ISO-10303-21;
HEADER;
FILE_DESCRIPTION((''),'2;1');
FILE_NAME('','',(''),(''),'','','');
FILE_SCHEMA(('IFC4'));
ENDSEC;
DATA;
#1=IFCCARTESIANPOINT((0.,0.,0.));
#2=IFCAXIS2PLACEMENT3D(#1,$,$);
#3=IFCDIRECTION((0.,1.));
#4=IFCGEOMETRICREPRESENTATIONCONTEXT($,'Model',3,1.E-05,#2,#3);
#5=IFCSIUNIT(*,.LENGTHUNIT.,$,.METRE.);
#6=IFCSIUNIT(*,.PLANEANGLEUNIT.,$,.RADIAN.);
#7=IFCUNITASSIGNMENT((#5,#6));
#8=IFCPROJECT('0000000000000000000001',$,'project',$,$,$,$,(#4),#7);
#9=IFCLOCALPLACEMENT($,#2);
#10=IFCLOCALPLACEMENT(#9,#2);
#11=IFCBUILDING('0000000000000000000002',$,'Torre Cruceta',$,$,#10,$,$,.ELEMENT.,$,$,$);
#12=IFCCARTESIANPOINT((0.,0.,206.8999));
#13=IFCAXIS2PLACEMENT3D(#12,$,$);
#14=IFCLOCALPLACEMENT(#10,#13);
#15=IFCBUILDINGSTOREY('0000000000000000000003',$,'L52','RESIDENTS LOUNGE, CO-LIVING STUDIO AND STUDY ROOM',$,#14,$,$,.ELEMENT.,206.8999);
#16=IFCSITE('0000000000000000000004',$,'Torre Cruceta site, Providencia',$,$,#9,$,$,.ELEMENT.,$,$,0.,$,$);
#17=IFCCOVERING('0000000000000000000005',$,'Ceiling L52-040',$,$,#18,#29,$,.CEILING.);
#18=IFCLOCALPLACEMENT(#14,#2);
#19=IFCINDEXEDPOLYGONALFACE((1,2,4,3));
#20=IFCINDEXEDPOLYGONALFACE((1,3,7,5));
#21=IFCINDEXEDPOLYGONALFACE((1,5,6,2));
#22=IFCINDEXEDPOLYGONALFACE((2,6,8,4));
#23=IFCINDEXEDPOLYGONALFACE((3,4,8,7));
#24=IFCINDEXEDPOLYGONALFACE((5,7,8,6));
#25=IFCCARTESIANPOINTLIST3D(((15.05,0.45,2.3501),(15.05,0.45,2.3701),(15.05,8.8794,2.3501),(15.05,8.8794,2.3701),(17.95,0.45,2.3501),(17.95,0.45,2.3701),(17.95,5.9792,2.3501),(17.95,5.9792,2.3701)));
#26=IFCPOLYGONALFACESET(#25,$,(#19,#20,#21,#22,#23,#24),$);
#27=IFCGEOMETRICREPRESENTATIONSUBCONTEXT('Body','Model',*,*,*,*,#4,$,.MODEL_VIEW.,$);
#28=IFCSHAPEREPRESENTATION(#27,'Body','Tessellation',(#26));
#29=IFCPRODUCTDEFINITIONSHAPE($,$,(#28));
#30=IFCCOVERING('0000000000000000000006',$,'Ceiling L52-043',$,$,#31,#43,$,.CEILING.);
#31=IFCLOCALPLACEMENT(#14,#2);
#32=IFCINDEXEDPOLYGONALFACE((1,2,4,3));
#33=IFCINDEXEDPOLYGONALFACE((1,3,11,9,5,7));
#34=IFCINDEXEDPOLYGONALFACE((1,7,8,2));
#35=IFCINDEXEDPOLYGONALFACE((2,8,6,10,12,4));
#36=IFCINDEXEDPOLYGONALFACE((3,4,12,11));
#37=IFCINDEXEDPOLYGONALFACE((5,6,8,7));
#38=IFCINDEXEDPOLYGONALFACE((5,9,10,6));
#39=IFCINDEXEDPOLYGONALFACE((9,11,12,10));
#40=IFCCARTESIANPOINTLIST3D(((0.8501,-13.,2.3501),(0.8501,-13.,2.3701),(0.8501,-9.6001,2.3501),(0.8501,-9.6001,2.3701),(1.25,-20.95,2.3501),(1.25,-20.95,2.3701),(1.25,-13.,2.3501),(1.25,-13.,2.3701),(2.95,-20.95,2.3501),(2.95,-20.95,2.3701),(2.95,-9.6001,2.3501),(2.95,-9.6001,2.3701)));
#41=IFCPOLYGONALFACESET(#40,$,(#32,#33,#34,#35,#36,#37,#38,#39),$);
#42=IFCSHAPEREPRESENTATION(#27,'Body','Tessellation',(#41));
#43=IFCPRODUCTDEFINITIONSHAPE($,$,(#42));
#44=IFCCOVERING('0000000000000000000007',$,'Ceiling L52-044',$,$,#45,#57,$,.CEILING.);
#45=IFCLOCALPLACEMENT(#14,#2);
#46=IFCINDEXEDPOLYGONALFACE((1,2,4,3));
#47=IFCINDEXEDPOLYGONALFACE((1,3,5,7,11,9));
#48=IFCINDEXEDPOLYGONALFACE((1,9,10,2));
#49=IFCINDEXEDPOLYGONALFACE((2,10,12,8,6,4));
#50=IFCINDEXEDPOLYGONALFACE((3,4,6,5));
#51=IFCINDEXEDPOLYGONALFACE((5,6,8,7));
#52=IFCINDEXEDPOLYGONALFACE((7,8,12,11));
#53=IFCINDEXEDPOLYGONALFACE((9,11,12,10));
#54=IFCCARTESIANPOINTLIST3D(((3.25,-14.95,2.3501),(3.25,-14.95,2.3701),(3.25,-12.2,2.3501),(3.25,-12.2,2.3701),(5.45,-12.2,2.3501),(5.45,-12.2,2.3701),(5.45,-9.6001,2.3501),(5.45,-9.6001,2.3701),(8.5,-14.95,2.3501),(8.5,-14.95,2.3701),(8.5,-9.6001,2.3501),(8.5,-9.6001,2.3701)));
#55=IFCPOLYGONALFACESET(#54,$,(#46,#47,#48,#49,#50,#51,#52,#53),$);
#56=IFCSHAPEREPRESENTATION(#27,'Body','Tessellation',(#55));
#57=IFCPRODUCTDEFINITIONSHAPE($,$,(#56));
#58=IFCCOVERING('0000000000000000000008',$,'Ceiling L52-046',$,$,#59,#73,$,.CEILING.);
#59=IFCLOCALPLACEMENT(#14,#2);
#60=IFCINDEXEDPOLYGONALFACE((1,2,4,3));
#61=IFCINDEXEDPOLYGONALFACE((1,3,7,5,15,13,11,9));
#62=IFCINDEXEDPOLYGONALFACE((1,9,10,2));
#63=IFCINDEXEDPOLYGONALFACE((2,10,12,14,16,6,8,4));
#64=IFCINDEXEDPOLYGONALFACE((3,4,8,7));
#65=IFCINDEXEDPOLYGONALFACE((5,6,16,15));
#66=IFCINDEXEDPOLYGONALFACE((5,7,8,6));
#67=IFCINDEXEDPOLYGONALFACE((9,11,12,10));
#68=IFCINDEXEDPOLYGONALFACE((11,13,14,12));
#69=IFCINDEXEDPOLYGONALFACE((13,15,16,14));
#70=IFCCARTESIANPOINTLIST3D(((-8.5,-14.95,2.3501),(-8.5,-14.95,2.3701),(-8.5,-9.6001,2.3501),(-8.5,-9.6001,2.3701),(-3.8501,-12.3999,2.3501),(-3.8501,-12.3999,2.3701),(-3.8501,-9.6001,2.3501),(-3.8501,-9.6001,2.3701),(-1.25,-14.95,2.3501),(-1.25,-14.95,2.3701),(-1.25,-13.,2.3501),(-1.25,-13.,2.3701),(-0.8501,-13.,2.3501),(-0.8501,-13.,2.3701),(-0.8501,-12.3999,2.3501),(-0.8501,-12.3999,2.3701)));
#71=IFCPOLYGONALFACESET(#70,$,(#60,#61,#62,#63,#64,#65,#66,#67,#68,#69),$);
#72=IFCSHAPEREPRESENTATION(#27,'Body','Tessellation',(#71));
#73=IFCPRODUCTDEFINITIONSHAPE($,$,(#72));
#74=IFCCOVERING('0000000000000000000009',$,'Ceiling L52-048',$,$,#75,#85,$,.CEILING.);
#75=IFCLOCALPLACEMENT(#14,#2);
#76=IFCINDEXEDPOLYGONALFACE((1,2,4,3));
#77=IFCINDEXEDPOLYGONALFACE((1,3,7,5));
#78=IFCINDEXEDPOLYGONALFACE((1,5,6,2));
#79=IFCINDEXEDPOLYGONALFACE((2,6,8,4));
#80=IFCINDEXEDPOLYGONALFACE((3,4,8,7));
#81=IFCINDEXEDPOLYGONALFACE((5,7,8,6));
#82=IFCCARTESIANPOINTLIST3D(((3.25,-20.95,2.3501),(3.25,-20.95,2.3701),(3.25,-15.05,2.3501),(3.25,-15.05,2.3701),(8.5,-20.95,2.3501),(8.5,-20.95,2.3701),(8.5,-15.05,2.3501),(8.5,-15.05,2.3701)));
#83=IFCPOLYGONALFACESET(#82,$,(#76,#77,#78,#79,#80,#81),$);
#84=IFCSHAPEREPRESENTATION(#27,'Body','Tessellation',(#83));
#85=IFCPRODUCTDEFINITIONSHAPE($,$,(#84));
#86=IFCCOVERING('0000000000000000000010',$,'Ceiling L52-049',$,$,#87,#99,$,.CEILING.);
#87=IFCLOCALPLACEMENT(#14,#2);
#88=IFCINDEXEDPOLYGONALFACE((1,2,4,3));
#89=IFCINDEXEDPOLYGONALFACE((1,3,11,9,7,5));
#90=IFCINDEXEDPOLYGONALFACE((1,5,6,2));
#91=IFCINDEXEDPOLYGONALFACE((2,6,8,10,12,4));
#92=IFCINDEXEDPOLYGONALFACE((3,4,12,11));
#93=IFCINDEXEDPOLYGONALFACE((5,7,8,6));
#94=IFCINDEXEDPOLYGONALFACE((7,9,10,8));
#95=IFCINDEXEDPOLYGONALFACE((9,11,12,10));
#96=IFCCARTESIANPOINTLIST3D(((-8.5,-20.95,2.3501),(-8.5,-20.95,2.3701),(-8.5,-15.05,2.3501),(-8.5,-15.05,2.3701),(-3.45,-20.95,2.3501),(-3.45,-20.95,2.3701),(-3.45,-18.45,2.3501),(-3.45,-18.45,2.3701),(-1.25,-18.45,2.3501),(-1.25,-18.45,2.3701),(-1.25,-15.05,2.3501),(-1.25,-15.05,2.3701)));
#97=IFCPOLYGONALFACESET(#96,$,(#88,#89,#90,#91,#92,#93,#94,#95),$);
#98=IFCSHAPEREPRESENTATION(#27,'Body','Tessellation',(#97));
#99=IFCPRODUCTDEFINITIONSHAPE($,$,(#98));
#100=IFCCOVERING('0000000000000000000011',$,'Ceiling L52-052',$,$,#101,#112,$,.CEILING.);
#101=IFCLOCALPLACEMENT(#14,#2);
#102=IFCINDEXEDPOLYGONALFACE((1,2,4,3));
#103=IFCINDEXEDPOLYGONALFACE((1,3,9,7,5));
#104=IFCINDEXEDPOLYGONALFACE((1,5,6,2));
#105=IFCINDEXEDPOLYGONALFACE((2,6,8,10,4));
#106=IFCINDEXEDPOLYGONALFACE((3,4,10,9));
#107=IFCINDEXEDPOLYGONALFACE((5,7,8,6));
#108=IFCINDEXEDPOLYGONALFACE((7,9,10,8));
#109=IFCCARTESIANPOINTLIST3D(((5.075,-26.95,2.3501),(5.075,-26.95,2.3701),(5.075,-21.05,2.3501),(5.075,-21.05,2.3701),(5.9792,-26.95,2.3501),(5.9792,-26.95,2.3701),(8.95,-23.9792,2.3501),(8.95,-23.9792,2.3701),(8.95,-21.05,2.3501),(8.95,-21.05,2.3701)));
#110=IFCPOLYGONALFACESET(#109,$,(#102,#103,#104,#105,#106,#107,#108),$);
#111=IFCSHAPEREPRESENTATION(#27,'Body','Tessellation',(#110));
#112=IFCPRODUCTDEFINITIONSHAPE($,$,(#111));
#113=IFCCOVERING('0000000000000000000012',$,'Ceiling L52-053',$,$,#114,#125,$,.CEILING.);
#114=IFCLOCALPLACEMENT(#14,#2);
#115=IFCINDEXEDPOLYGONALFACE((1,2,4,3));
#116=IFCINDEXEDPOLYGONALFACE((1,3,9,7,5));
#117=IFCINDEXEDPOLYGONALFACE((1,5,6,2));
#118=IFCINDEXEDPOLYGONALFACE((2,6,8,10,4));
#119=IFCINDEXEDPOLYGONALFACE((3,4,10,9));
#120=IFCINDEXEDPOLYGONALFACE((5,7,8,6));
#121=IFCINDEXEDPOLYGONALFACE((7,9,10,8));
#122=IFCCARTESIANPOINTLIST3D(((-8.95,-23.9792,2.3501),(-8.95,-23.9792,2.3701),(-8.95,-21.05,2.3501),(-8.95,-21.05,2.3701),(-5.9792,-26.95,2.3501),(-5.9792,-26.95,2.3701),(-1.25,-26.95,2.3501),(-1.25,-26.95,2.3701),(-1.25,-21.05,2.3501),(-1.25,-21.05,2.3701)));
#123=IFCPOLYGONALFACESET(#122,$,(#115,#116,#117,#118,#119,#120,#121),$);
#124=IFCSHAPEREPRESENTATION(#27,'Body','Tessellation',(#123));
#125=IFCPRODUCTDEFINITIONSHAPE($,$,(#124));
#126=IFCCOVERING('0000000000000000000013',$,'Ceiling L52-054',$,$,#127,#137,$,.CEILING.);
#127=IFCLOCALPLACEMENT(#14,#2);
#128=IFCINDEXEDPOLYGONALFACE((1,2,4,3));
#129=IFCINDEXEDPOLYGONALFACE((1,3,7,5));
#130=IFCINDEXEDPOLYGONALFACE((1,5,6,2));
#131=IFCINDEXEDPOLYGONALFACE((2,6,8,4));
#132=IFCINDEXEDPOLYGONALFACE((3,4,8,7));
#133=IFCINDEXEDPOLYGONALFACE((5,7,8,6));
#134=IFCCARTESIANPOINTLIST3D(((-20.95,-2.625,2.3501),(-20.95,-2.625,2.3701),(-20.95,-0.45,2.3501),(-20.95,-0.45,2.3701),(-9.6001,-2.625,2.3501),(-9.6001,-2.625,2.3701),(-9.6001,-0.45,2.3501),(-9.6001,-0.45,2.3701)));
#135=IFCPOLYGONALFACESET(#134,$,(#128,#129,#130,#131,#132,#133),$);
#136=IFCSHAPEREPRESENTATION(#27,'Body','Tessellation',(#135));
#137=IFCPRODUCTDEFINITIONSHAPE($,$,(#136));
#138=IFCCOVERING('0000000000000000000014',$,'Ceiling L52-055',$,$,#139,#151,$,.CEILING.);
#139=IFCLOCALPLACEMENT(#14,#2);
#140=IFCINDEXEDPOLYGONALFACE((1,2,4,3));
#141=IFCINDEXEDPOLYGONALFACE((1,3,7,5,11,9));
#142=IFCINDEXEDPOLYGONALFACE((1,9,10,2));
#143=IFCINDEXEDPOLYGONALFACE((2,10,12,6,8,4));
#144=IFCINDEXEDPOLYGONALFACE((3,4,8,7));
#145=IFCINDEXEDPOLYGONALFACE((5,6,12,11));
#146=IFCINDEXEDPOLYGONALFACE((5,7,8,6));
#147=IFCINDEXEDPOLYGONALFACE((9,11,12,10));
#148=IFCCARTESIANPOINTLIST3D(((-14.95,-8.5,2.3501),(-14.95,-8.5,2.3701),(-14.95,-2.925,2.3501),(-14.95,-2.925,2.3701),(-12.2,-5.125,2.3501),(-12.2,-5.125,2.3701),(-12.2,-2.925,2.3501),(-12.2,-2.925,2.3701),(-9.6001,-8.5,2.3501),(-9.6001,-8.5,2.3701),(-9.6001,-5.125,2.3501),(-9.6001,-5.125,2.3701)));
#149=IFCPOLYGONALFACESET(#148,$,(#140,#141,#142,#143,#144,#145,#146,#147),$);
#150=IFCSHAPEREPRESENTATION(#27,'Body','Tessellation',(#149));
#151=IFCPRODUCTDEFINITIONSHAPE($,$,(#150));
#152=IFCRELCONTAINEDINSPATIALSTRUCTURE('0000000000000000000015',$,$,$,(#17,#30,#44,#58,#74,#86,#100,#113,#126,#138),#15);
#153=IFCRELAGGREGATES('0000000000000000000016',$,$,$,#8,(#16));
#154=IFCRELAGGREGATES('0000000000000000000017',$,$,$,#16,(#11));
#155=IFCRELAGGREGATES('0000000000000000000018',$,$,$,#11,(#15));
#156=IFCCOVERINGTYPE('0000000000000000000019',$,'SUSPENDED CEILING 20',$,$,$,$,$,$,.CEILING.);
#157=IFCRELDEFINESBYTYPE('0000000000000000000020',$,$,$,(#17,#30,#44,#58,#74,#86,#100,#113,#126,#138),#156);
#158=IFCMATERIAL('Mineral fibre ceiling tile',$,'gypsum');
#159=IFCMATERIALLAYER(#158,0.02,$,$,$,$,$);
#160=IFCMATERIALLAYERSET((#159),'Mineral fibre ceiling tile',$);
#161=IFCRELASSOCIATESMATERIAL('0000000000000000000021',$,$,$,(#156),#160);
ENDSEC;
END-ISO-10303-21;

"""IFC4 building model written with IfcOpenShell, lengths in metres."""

from ifc_helpers import new_model, si_unit, direction, frame, origin, place, context, subcontext, project, spatial, polyline, outline, extrude, material, layer, layer_set, type_object, element, save


model = new_model("IFC4")

# Units and contexts
model_context = context("Model", 3, precision=1e-05, world=origin(), true_north=direction((0.0, 1.0)))
body_context = subcontext(model_context, "Body", "Model", "MODEL_VIEW")
ifc_project = project(units=[si_unit("LENGTHUNIT", "METRE"), si_unit("PLANEANGLEUNIT", "RADIAN")], contexts=[model_context])

# Site, building, storey
site_placement = place(None, origin())
site = spatial("IfcSite", under=ifc_project, at=site_placement, Name="Torre Cruceta site, Providencia", CompositionType="ELEMENT", RefElevation=0.0)
building_placement = place(site_placement, origin())
building = spatial("IfcBuilding", under=site, at=building_placement, Name="Torre Cruceta", CompositionType="ELEMENT")
storey_placement = place(building_placement, frame((0.0, 0.0, 206.8999)))
storey = spatial("IfcBuildingStorey", under=building, at=storey_placement, Name="L52", Description="RESIDENTS LOUNGE, CO-LIVING STUDIO AND STUDY ROOM", CompositionType="ELEMENT", Elevation=206.8999)

# Coverings
ifc_material_1 = material(Name="Mineral fibre ceiling tile", Category="gypsum")
ifc_layer_1 = layer(ifc_material_1, 0.02)
ifc_layer_set_1 = layer_set([ifc_layer_1], Name="Mineral fibre ceiling tile")
covering_type_1 = type_object("IfcCoveringType", Name="SUSPENDED CEILING 20", PredefinedType="CEILING", material=ifc_layer_set_1)
covering_1_placement = place(storey_placement, frame((0.0, 0.0, 2.3501)))
element("IfcCovering", 1, at=covering_1_placement, inside=storey, type_object=covering_type_1, Name="Ceiling L52-040", PredefinedType="CEILING", context=body_context, shape_type="SweptSolid", body=[
    extrude(outline(polyline([(17.95, 5.9792), (17.95, 0.45), (15.05, 0.45), (15.05, 8.8794), (17.95, 5.9792)])), origin(), (0.0, 0.0, 1.0), 0.02),
])
covering_2_placement = place(storey_placement, frame((0.0, 0.0, 2.3501)))
element("IfcCovering", 2, at=covering_2_placement, inside=storey, type_object=covering_type_1, Name="Ceiling L52-043", PredefinedType="CEILING", context=body_context, shape_type="SweptSolid", body=[
    extrude(outline(polyline([(0.8501, -9.6001), (2.95, -9.6001), (2.95, -20.95), (1.25, -20.95), (1.25, -13.0), (0.8501, -13.0), (0.8501, -9.6001)])), origin(), (0.0, 0.0, 1.0), 0.02),
])
covering_3_placement = place(storey_placement, frame((0.0, 0.0, 2.3501)))
element("IfcCovering", 3, at=covering_3_placement, inside=storey, type_object=covering_type_1, Name="Ceiling L52-044", PredefinedType="CEILING", context=body_context, shape_type="SweptSolid", body=[
    extrude(outline(polyline([(8.5, -9.6001), (8.5, -14.95), (3.25, -14.95), (3.25, -12.2), (5.45, -12.2), (5.45, -9.6001), (8.5, -9.6001)])), origin(), (0.0, 0.0, 1.0), 0.02),
])
covering_4_placement = place(storey_placement, frame((0.0, 0.0, 2.3501)))
element("IfcCovering", 4, at=covering_4_placement, inside=storey, type_object=covering_type_1, Name="Ceiling L52-046", PredefinedType="CEILING", context=body_context, shape_type="SweptSolid", body=[
    extrude(outline(polyline([(-8.5, -14.95), (-8.5, -9.6001), (-3.8501, -9.6001), (-3.8501, -12.3999), (-0.8501, -12.3999), (-0.8501, -13.0), (-1.25, -13.0), (-1.25, -14.95), (-8.5, -14.95)])), origin(), (0.0, 0.0, 1.0), 0.02),
])
covering_5_placement = place(storey_placement, frame((0.0, 0.0, 2.3501)))
element("IfcCovering", 5, at=covering_5_placement, inside=storey, type_object=covering_type_1, Name="Ceiling L52-048", PredefinedType="CEILING", context=body_context, shape_type="SweptSolid", body=[
    extrude(outline(polyline([(3.25, -15.05), (8.5, -15.05), (8.5, -20.95), (3.25, -20.95), (3.25, -15.05)])), origin(), (0.0, 0.0, 1.0), 0.02),
])
covering_6_placement = place(storey_placement, frame((0.0, 0.0, 2.3501)))
element("IfcCovering", 6, at=covering_6_placement, inside=storey, type_object=covering_type_1, Name="Ceiling L52-049", PredefinedType="CEILING", context=body_context, shape_type="SweptSolid", body=[
    extrude(outline(polyline([(-8.5, -15.05), (-1.25, -15.05), (-1.25, -18.45), (-3.45, -18.45), (-3.45, -20.95), (-8.5, -20.95), (-8.5, -15.05)])), origin(), (0.0, 0.0, 1.0), 0.02),
])
covering_7_placement = place(storey_placement, frame((0.0, 0.0, 2.3501)))
element("IfcCovering", 7, at=covering_7_placement, inside=storey, type_object=covering_type_1, Name="Ceiling L52-052", PredefinedType="CEILING", context=body_context, shape_type="SweptSolid", body=[
    extrude(outline(polyline([(8.95, -23.9792), (5.9792, -26.95), (5.075, -26.95), (5.075, -21.05), (8.95, -21.05), (8.95, -23.9792)])), origin(), (0.0, 0.0, 1.0), 0.02),
])
covering_8_placement = place(storey_placement, frame((0.0, 0.0, 2.3501)))
element("IfcCovering", 8, at=covering_8_placement, inside=storey, type_object=covering_type_1, Name="Ceiling L52-053", PredefinedType="CEILING", context=body_context, shape_type="SweptSolid", body=[
    extrude(outline(polyline([(-8.95, -23.9792), (-8.95, -21.05), (-1.25, -21.05), (-1.25, -26.95), (-5.9792, -26.95), (-8.95, -23.9792)])), origin(), (0.0, 0.0, 1.0), 0.02),
])
covering_9_placement = place(storey_placement, frame((0.0, 0.0, 2.3501)))
element("IfcCovering", 9, at=covering_9_placement, inside=storey, type_object=covering_type_1, Name="Ceiling L52-054", PredefinedType="CEILING", context=body_context, shape_type="SweptSolid", body=[
    extrude(outline(polyline([(-9.6001, -0.45), (-9.6001, -2.625), (-20.95, -2.625), (-20.95, -0.45), (-9.6001, -0.45)])), origin(), (0.0, 0.0, 1.0), 0.02),
])
covering_10_placement = place(storey_placement, frame((0.0, 0.0, 2.3501)))
element("IfcCovering", 10, at=covering_10_placement, inside=storey, type_object=covering_type_1, Name="Ceiling L52-055", PredefinedType="CEILING", context=body_context, shape_type="SweptSolid", body=[
    extrude(outline(polyline([(-9.6001, -8.5), (-14.95, -8.5), (-14.95, -2.925), (-12.2, -2.925), (-12.2, -5.125), (-9.6001, -5.125), (-9.6001, -8.5)])), origin(), (0.0, 0.0, 1.0), 0.02),
])

save(model, "model.ifc")
